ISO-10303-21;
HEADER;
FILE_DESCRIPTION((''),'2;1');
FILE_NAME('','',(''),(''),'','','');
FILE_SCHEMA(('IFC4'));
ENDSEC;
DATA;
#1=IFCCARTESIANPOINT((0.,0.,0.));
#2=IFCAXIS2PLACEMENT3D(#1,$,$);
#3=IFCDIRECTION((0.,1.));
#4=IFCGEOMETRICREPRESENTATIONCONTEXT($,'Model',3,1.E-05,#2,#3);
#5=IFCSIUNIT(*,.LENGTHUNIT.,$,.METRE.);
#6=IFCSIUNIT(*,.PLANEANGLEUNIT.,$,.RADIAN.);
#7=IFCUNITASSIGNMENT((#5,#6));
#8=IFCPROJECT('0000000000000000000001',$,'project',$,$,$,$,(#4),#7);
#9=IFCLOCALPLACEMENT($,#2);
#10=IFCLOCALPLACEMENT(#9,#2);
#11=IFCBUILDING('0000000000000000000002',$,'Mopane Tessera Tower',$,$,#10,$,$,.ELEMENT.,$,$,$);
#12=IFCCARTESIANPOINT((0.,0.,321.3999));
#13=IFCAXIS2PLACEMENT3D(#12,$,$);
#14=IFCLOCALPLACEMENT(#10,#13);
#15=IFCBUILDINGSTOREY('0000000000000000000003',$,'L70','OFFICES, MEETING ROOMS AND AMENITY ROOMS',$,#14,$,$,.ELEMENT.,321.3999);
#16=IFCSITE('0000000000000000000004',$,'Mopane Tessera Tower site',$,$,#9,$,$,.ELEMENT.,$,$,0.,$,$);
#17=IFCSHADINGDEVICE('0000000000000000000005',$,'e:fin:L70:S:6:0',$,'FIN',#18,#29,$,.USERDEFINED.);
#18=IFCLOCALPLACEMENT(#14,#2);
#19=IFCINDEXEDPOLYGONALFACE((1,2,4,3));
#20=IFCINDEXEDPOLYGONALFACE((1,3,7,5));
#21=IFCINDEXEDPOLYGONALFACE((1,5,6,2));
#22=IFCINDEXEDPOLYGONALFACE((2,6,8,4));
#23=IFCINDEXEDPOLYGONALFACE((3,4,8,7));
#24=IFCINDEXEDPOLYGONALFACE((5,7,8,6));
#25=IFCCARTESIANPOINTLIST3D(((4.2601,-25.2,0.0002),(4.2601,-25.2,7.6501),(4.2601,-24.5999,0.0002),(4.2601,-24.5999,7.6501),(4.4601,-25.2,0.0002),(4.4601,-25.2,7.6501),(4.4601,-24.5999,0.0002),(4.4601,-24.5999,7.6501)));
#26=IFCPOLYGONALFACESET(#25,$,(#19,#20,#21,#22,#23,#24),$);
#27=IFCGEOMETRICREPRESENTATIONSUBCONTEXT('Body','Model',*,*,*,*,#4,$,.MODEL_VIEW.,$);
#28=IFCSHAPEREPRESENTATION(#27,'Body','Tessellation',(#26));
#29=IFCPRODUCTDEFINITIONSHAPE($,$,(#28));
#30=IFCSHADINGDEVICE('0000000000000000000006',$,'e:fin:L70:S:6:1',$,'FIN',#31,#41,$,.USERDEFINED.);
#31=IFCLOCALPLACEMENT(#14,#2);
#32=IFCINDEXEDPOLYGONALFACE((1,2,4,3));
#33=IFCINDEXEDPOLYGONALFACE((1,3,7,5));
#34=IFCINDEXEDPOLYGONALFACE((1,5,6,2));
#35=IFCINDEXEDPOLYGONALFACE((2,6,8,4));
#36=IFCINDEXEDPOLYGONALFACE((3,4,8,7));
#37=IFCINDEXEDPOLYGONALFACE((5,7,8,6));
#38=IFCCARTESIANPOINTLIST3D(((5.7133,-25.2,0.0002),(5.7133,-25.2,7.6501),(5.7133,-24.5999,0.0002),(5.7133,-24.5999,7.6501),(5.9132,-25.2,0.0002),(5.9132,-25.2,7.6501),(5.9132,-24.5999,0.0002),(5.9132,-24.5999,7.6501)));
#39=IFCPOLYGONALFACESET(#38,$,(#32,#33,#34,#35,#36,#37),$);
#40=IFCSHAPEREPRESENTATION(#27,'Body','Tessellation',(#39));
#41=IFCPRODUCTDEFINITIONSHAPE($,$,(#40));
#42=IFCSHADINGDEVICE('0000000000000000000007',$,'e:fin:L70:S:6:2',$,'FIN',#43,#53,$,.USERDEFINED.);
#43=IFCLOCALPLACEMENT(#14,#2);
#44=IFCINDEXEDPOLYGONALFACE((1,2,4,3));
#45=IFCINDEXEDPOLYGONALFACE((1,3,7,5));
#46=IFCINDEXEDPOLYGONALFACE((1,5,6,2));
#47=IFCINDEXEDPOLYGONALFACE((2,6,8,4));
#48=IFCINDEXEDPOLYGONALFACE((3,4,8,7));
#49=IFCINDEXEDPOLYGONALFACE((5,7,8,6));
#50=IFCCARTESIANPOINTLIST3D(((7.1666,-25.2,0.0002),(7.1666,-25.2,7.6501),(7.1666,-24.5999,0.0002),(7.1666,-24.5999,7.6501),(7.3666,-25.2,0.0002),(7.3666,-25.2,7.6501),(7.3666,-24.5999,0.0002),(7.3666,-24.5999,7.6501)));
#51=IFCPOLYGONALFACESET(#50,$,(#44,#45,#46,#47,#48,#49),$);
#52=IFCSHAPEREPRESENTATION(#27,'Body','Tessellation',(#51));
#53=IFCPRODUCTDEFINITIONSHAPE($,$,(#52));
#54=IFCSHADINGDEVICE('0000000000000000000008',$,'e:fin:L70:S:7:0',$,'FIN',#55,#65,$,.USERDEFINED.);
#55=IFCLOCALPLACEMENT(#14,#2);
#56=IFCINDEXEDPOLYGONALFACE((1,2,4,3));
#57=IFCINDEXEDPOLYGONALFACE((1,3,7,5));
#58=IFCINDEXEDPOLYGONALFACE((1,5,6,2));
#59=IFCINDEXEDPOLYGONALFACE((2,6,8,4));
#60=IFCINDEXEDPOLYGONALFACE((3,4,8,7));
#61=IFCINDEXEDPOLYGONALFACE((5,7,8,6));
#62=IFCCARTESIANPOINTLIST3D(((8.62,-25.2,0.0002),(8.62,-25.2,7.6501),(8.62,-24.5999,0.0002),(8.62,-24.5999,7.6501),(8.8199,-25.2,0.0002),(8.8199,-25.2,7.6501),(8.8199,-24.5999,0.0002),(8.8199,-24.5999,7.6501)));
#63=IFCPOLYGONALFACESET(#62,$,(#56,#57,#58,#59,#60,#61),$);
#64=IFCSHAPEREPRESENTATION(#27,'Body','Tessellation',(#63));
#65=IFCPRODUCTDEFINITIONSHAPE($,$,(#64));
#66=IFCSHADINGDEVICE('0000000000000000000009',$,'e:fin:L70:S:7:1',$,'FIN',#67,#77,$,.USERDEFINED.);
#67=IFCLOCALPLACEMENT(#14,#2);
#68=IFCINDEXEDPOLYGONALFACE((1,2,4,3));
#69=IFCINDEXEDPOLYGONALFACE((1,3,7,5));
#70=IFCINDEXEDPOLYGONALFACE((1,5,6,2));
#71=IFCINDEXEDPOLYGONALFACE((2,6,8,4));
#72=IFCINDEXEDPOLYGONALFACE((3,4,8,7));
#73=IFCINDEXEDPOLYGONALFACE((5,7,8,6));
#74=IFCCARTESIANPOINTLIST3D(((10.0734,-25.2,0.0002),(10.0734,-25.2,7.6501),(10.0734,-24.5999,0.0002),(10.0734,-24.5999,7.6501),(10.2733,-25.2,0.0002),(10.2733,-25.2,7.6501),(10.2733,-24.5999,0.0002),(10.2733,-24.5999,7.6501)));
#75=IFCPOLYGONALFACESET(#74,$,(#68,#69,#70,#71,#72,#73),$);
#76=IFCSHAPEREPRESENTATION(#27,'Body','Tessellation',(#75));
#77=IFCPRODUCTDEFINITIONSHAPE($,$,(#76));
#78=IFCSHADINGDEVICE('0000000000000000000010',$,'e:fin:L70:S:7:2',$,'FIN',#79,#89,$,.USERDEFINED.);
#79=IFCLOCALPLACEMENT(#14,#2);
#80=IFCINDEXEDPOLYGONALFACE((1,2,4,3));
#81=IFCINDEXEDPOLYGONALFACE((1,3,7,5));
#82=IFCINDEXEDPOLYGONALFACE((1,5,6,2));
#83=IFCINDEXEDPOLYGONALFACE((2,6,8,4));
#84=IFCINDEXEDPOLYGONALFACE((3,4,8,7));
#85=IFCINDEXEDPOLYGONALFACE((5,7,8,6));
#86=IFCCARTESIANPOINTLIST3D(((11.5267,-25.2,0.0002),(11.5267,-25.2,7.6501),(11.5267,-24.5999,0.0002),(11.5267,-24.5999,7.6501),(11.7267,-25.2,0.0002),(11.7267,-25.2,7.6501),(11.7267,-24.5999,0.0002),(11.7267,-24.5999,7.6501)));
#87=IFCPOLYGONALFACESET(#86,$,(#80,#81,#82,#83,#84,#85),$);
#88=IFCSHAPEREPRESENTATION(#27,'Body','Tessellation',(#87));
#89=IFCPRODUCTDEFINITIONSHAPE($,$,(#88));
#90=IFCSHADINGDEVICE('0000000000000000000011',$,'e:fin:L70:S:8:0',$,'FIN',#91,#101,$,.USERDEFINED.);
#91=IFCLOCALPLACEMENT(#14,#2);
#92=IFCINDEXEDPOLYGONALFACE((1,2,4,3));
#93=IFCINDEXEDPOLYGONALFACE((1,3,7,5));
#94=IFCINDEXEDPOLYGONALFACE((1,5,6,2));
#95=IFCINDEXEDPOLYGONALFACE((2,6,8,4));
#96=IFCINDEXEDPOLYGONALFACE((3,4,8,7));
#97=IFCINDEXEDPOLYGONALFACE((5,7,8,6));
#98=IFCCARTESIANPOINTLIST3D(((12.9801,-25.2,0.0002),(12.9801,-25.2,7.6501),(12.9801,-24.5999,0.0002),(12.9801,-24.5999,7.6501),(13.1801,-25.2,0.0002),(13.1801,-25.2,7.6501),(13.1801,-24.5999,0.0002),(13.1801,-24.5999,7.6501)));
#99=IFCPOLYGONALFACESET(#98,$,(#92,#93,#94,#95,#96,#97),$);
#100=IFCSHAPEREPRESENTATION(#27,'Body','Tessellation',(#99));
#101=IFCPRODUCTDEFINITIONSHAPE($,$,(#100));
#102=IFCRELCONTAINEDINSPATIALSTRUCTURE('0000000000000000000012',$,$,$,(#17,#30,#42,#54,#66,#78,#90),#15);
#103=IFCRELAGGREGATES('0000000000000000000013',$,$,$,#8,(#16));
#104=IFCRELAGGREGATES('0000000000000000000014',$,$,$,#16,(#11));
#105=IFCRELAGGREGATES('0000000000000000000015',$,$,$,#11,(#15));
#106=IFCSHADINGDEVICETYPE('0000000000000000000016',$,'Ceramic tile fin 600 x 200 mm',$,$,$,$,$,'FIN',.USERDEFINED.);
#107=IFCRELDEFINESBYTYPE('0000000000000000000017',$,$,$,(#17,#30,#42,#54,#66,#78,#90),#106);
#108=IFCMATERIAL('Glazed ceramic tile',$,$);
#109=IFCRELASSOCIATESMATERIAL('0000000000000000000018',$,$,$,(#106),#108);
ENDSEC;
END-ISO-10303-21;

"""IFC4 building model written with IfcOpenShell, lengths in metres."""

from ifc_helpers import new_model, si_unit, direction, frame, origin, origin_2d, place, context, subcontext, project, spatial, rectangle, extrude, material, type_object, element, save


model = new_model("IFC4")

# Units and contexts
model_context = context("Model", 3, precision=1e-05, world=origin(), true_north=direction((0.0, 1.0)))
body_context = subcontext(model_context, "Body", "Model", "MODEL_VIEW")
ifc_project = project(units=[si_unit("LENGTHUNIT", "METRE"), si_unit("PLANEANGLEUNIT", "RADIAN")], contexts=[model_context])

# Site, building, storey
site_placement = place(None, origin())
site = spatial("IfcSite", under=ifc_project, at=site_placement, Name="Mopane Tessera Tower site", CompositionType="ELEMENT", RefElevation=0.0)
building_placement = place(site_placement, origin())
building = spatial("IfcBuilding", under=site, at=building_placement, Name="Mopane Tessera Tower", CompositionType="ELEMENT")
storey_placement = place(building_placement, frame((0.0, 0.0, 321.3999)))
storey = spatial("IfcBuildingStorey", under=building, at=storey_placement, Name="L70", Description="OFFICES, MEETING ROOMS AND AMENITY ROOMS", CompositionType="ELEMENT", Elevation=321.3999)

# Shading devices
ifc_material_1 = material(Name="Glazed ceramic tile")
shading_device_type = type_object("IfcShadingDeviceType", Name="Ceramic tile fin 600 x 200 mm", ElementType="FIN", PredefinedType="USERDEFINED", material=ifc_material_1)
for number, where, z_axis, x_axis, name in (
    (1, (4.3601, -24.8999, 0.0002), (0.0, 0.0, 1.0), (1.0, 0.0, 0.0), "e:fin:L70:S:6:0"),
    (2, (5.8132, -24.8999, 0.0002), (0.0, 0.0, 1.0), (1.0, 0.0, 0.0), "e:fin:L70:S:6:1"),
    (3, (7.2666, -24.8999, 0.0002), (0.0, 0.0, 1.0), (1.0, 0.0, 0.0), "e:fin:L70:S:6:2"),
    (4, (8.72, -24.8999, 0.0002), (0.0, 0.0, 1.0), (1.0, 0.0, 0.0), "e:fin:L70:S:7:0"),
    (5, (10.1733, -24.8999, 0.0002), (0.0, 0.0, 1.0), (1.0, 0.0, 0.0), "e:fin:L70:S:7:1"),
    (6, (11.6267, -24.8999, 0.0002), (0.0, 0.0, 1.0), (1.0, 0.0, 0.0), "e:fin:L70:S:7:2"),
    (7, (13.0801, -24.8999, 0.0002), (0.0, 0.0, 1.0), (1.0, 0.0, 0.0), "e:fin:L70:S:8:0"),
):
    element("IfcShadingDevice", number, at=place(storey_placement, frame(where, z_axis=z_axis, x_axis=x_axis)), inside=storey, type_object=shading_device_type, Name=name, ObjectType="FIN", PredefinedType="USERDEFINED", context=body_context, shape_type="SweptSolid", body=[
        extrude(rectangle(XDim=0.2, YDim=0.6001, at=origin_2d()), origin(), (0.0, 0.0, 1.0), 7.6499),
    ])

save(model, "model.ifc")
